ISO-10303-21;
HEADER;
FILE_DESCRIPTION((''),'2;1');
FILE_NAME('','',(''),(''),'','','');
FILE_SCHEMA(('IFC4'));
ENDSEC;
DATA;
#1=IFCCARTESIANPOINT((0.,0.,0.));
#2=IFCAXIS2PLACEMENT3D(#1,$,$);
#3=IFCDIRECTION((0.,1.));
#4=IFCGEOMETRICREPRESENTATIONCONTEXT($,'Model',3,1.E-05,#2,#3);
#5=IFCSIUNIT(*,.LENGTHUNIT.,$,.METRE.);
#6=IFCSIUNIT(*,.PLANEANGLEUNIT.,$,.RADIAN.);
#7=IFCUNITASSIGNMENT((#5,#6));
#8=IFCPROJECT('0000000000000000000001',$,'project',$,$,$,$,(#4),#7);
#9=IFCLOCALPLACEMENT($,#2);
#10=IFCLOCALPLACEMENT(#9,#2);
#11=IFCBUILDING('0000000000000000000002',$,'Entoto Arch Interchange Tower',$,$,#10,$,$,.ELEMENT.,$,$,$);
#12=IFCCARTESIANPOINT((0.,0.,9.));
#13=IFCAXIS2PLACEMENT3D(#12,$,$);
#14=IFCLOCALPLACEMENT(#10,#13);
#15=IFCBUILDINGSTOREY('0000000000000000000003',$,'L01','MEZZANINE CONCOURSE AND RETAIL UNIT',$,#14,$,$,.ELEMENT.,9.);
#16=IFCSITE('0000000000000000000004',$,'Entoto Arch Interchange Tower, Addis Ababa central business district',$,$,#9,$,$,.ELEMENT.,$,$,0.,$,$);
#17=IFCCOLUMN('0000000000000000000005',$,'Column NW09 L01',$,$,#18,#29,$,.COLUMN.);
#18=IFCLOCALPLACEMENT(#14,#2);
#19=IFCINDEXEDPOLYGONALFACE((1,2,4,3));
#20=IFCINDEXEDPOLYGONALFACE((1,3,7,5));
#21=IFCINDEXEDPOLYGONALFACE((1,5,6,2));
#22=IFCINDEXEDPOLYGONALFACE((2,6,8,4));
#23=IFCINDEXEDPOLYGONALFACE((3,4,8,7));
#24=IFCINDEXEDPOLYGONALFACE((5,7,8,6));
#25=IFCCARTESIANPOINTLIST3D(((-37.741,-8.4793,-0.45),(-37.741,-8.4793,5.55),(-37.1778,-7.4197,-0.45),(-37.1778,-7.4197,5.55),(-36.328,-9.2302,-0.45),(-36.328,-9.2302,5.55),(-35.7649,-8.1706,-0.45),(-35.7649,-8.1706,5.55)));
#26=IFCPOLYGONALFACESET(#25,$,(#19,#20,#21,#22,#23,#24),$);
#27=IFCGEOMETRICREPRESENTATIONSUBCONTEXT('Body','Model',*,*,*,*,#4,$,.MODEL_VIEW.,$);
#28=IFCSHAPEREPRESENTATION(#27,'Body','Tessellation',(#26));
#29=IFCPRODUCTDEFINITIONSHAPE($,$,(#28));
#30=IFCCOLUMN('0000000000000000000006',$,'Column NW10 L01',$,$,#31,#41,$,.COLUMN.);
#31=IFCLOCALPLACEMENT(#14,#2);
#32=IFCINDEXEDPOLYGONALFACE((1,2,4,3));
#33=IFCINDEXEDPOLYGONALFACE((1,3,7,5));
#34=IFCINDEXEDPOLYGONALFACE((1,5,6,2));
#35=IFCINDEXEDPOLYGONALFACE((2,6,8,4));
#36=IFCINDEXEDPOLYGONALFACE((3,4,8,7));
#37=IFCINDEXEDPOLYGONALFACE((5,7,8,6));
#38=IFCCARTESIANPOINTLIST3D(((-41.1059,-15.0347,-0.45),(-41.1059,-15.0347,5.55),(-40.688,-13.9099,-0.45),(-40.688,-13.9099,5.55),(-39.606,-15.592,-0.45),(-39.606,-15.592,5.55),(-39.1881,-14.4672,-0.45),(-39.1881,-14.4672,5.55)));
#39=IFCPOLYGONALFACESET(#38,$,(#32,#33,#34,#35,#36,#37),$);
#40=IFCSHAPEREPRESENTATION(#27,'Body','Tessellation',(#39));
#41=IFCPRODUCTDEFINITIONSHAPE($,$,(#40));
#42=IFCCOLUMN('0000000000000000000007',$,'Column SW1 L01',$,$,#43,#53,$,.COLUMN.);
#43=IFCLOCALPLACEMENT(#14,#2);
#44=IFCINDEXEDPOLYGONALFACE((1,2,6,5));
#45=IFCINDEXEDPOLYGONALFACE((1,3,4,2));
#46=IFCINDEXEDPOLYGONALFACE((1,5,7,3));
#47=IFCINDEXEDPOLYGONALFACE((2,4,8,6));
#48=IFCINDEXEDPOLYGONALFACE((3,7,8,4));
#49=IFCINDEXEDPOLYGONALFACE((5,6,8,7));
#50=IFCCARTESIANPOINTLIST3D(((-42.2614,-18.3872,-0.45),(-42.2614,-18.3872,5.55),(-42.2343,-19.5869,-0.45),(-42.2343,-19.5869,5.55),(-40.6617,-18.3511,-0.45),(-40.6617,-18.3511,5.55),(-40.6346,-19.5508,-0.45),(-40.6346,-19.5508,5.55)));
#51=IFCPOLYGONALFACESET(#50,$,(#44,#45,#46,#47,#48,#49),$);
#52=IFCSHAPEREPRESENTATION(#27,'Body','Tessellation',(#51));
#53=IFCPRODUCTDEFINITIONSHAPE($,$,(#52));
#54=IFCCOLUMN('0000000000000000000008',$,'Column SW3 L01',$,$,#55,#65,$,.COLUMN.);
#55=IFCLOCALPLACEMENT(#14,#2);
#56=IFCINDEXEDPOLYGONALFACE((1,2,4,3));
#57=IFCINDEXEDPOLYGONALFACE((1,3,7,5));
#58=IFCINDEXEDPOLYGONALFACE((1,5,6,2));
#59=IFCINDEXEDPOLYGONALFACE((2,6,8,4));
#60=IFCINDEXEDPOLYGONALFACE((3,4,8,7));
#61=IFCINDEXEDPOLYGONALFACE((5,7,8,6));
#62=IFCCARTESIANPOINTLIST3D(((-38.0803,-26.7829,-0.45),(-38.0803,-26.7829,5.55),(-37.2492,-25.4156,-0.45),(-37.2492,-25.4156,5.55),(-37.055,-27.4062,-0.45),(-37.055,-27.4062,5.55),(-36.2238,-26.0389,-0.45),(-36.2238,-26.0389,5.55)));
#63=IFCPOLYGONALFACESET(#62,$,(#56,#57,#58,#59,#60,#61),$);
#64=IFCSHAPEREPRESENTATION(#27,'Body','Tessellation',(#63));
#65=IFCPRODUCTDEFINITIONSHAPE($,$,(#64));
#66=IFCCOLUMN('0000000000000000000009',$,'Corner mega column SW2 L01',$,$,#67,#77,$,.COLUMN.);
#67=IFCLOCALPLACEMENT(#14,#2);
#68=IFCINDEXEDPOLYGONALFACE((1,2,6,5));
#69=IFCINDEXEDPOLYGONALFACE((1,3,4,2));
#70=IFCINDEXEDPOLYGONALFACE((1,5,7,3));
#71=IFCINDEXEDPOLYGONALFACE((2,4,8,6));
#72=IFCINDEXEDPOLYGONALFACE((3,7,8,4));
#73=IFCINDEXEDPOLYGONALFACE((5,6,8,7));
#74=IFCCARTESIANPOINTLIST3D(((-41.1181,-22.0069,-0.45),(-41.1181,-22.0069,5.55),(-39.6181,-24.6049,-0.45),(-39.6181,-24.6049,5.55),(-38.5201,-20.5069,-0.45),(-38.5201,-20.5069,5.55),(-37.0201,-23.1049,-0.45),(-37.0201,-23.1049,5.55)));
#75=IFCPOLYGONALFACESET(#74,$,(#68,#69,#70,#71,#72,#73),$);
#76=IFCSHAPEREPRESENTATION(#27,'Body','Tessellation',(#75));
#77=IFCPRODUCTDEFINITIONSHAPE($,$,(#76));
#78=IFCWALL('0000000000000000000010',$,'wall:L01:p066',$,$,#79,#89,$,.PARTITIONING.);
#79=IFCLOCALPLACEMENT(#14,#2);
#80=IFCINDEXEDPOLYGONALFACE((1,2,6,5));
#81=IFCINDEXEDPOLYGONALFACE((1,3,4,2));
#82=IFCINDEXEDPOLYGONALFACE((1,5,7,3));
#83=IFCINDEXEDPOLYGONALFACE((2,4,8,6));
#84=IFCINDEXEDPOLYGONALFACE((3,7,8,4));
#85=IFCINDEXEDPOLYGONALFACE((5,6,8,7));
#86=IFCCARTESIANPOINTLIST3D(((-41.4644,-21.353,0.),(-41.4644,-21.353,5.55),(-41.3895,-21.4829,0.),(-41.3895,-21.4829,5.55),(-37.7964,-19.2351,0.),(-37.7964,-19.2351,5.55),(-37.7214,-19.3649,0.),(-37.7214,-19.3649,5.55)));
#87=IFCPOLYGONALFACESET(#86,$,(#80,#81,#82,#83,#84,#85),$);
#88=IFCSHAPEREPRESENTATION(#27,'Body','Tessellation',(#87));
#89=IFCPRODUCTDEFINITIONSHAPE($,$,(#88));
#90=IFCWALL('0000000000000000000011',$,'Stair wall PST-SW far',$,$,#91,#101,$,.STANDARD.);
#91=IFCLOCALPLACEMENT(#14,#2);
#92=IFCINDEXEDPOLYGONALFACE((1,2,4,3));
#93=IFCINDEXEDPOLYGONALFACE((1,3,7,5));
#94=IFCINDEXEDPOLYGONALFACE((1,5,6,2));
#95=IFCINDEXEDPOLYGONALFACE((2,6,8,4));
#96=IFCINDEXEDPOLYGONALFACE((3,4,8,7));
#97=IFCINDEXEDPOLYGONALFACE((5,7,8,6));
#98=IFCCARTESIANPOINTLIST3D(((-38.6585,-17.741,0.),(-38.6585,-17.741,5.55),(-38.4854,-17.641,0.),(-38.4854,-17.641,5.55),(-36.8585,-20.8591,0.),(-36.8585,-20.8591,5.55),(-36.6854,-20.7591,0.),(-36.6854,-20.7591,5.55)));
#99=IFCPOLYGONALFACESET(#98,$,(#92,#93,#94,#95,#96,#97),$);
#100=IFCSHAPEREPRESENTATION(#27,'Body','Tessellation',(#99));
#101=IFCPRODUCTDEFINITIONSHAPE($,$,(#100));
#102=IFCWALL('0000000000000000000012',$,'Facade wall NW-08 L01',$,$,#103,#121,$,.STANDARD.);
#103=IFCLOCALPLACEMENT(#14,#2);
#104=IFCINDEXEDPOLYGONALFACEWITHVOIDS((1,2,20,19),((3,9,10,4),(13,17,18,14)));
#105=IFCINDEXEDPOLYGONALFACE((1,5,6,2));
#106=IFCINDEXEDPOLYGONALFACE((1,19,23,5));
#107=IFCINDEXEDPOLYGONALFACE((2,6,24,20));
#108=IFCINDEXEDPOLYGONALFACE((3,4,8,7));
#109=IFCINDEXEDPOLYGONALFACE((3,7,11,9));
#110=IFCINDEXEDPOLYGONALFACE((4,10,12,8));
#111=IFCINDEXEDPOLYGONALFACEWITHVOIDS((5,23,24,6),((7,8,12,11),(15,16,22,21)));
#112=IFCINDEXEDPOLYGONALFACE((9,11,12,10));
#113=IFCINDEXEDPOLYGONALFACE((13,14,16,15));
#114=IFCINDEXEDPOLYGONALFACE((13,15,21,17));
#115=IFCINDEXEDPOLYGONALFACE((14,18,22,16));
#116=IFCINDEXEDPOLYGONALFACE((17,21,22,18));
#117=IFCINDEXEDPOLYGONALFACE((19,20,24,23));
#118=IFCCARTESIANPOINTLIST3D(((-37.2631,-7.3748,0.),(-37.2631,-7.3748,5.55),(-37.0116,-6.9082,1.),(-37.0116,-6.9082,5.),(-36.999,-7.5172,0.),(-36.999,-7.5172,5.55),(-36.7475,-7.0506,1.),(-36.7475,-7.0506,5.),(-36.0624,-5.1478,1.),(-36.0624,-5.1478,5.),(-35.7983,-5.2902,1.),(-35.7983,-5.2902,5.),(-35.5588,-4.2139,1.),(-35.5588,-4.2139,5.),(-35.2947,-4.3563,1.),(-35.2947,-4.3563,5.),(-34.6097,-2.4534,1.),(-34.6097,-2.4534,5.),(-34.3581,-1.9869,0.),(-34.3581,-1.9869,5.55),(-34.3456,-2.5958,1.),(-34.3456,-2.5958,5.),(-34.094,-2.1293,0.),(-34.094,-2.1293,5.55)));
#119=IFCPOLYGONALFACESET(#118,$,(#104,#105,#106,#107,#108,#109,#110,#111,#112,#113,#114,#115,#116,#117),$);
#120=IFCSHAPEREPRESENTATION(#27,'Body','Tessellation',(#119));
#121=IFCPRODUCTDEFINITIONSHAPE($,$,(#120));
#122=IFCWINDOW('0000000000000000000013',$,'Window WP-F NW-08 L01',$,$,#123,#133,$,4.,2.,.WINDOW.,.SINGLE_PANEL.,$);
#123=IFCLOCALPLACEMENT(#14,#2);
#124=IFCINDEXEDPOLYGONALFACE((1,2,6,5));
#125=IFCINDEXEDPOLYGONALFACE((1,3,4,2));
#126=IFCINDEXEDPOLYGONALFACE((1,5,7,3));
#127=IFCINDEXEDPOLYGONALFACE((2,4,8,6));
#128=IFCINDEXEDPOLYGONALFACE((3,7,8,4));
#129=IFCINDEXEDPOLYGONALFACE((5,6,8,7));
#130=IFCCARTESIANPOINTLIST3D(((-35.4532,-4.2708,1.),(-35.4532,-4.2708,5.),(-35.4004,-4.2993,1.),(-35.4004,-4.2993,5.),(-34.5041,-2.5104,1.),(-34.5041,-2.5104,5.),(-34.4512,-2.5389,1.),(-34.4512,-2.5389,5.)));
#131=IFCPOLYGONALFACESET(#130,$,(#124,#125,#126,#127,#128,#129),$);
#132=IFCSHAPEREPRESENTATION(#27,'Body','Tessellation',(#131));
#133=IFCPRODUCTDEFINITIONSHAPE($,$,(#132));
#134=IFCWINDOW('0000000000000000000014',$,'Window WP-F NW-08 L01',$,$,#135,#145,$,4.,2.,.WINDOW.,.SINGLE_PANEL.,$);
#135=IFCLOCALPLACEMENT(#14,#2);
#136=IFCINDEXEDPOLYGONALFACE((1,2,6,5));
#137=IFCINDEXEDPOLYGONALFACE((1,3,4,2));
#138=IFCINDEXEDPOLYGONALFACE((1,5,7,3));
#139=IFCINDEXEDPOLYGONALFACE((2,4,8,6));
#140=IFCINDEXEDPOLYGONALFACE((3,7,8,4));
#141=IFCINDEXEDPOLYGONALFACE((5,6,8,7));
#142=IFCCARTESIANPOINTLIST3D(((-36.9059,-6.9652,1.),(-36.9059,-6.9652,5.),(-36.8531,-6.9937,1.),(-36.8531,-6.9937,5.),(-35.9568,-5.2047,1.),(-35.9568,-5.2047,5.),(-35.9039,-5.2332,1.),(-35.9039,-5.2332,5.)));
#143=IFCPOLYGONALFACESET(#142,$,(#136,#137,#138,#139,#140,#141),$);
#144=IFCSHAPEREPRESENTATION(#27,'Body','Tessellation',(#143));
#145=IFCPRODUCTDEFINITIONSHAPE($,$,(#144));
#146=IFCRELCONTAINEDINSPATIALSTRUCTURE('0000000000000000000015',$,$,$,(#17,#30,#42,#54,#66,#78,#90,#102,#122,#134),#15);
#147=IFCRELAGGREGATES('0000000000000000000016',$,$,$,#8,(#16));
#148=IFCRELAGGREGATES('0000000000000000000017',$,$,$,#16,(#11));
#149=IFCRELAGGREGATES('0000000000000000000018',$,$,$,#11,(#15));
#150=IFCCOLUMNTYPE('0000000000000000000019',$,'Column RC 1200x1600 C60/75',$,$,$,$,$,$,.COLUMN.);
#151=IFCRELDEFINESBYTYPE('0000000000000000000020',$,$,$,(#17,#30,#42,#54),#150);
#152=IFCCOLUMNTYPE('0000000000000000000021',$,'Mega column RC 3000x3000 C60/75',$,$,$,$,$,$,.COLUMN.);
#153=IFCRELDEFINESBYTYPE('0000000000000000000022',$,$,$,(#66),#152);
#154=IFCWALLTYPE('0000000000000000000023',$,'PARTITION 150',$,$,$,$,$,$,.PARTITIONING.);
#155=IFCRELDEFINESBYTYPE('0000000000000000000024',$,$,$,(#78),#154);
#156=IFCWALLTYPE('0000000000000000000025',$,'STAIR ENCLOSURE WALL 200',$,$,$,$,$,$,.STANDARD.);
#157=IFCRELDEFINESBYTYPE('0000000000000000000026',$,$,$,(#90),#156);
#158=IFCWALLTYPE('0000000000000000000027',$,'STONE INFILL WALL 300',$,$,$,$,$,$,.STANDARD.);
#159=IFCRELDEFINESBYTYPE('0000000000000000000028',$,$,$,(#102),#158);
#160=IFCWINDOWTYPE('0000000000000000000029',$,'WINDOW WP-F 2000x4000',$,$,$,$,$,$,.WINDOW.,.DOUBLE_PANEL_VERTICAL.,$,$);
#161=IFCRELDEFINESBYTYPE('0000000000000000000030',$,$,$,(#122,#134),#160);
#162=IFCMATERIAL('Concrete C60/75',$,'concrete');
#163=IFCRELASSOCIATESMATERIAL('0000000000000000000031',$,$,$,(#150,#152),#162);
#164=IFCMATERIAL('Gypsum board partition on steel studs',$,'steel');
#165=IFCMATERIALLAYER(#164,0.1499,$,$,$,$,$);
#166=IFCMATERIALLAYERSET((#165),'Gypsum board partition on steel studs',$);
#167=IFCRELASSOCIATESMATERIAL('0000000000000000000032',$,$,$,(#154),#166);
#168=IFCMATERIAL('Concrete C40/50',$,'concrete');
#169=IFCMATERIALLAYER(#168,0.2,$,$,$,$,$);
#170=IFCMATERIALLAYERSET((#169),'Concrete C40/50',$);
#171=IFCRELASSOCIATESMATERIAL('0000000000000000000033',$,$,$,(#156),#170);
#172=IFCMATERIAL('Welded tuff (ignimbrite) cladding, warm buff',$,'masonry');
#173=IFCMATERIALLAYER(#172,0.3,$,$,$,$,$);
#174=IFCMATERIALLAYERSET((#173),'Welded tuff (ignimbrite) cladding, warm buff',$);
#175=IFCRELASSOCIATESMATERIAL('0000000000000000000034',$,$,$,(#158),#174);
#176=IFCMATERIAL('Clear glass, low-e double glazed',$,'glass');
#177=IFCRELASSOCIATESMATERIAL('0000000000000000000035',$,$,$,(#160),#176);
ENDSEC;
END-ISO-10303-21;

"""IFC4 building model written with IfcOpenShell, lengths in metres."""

from ifc_helpers import new_model, si_unit, direction, frame, frame_2d, origin, origin_2d, place, context, subcontext, project, spatial, rectangle, extrude, material, layer, layer_set, material_profile, profile_set, type_object, element, fill, save


model = new_model("IFC4")

# Units and contexts
model_context = context("Model", 3, precision=1e-05, world=origin(), true_north=direction((0.0, 1.0)))
body_context = subcontext(model_context, "Body", "Model", "MODEL_VIEW")
ifc_project = project(units=[si_unit("LENGTHUNIT", "METRE"), si_unit("PLANEANGLEUNIT", "RADIAN")], contexts=[model_context])

# Site, building, storey
site_placement = place(None, origin())
site = spatial("IfcSite", under=ifc_project, at=site_placement, Name="Entoto Arch Interchange Tower, Addis Ababa central business district", CompositionType="ELEMENT", RefElevation=0.0)
building_placement = place(site_placement, origin())
building = spatial("IfcBuilding", under=site, at=building_placement, Name="Entoto Arch Interchange Tower", CompositionType="ELEMENT")
storey_placement = place(building_placement, frame((0.0, 0.0, 9.0)))
storey = spatial("IfcBuildingStorey", under=building, at=storey_placement, Name="L01", Description="MEZZANINE CONCOURSE AND RETAIL UNIT", CompositionType="ELEMENT", Elevation=9.0)

# Columns
ifc_material_1 = material(Name="Concrete C60/75", Category="concrete")
ifc_material_profile_1 = material_profile(ifc_material_1, rectangle(XDim=1.2, YDim=1.6001, at=origin_2d()))
ifc_profile_set_1 = profile_set([ifc_material_profile_1], Name="Concrete C60/75")
column_type_1 = type_object("IfcColumnType", Name="Column RC 1200x1600 C60/75", PredefinedType="COLUMN", material=ifc_profile_set_1)
for number, where, z_axis, x_axis, name in (
    (1, (-36.7529, -8.325, -0.45), (0.0, 0.0, 1.0), (0.469317, 0.88303, 0.0), "Column NW09 L01"),
    (2, (-40.147, -14.751, -0.45), (0.0, 0.0, 1.0), (0.348278, 0.937391, 0.0), "Column NW10 L01"),
    (3, (-41.448, -18.969, -0.45), (0.0, 0.0, 1.0), (-0.022565, 0.999745, 0.0), "Column SW1 L01"),
    (4, (-37.1521, -26.4109, -0.45), (0.0, 0.0, 1.0), (-0.854522, 0.519415, 0.0), "Column SW3 L01"),
):
    element("IfcColumn", number, at=place(storey_placement, frame(where, z_axis=z_axis, x_axis=x_axis)), inside=storey, type_object=column_type_1, Name=name, PredefinedType="COLUMN", context=body_context, shape_type="SweptSolid", body=[
        extrude(rectangle(XDim=1.2, YDim=1.6001, at=origin_2d()), origin(), (0.0, 0.0, 1.0), 6.0),
    ])
ifc_material_profile_2 = material_profile(ifc_material_1, rectangle(XDim=3.0, YDim=3.0, at=origin_2d()))
ifc_profile_set_2 = profile_set([ifc_material_profile_2], Name="Concrete C60/75")
column_type_2 = type_object("IfcColumnType", Name="Mega column RC 3000x3000 C60/75", PredefinedType="COLUMN", material=ifc_profile_set_2)
column_placement = place(storey_placement, frame((-39.0691, -22.5559, -0.45), z_axis=(0.0, 0.0, 1.0), x_axis=(0.866025, 0.5, 0.0)))
element("IfcColumn", 5, at=column_placement, inside=storey, type_object=column_type_2, Name="Corner mega column SW2 L01", PredefinedType="COLUMN", context=body_context, shape_type="SweptSolid", body=[
    extrude(rectangle(XDim=3.0, YDim=3.0, at=origin_2d()), origin(), (0.0, 0.0, 1.0), 6.0),
])

# Walls
ifc_material_2 = material(Name="Gypsum board partition on steel studs", Category="steel")
ifc_layer_1 = layer(ifc_material_2, 0.1499)
ifc_layer_set_1 = layer_set([ifc_layer_1], Name="Gypsum board partition on steel studs")
wall_type_1 = type_object("IfcWallType", Name="PARTITION 150", PredefinedType="PARTITIONING", material=ifc_layer_set_1)
wall_1_placement = place(storey_placement, frame((-37.759, -19.3, 0.0), z_axis=(0.0, 0.0, 1.0), x_axis=(-0.866003, -0.500038, 0.0)))
element("IfcWall", 6, at=wall_1_placement, inside=storey, type_object=wall_type_1, Name="wall:L01:p066", PredefinedType="PARTITIONING", context=body_context, shape_type="SweptSolid", body=[
    extrude(rectangle(XDim=4.2356, YDim=0.1499, at=frame_2d((2.1177, 0.0))), origin(), (0.0, 0.0, 1.0), 5.55),
])
ifc_material_3 = material(Name="Concrete C40/50", Category="concrete")
ifc_layer_2 = layer(ifc_material_3, 0.2)
ifc_layer_set_2 = layer_set([ifc_layer_2], Name="Concrete C40/50")
wall_type_2 = type_object("IfcWallType", Name="STAIR ENCLOSURE WALL 200", PredefinedType="STANDARD", material=ifc_layer_set_2)
wall_2_placement = place(storey_placement, frame((-38.572, -17.6909, 0.0), z_axis=(0.0, 0.0, 1.0), x_axis=(0.499953, -0.866052, 0.0)))
element("IfcWall", 7, at=wall_2_placement, inside=storey, type_object=wall_type_2, Name="Stair wall PST-SW far", PredefinedType="STANDARD", context=body_context, shape_type="SweptSolid", body=[
    extrude(rectangle(XDim=3.6003, YDim=0.2, at=frame_2d((1.8003, 0.0))), origin(), (0.0, 0.0, 1.0), 5.55),
])

# Wall, openings, windows
ifc_material_4 = material(Name="Welded tuff (ignimbrite) cladding, warm buff", Category="masonry")
ifc_layer_3 = layer(ifc_material_4, 0.3)
ifc_layer_set_3 = layer_set([ifc_layer_3], Name="Welded tuff (ignimbrite) cladding, warm buff")
wall_type_3 = type_object("IfcWallType", Name="STONE INFILL WALL 300", PredefinedType="STANDARD", material=ifc_layer_set_3)
wall_3_placement = place(storey_placement, frame((-34.2261, -2.0581, 0.0), z_axis=(0.0, 0.0, 1.0), x_axis=(-0.474585, -0.88021, 0.0)))
wall_3 = element("IfcWall", 8, at=wall_3_placement, inside=storey, type_object=wall_type_3, Name="Facade wall NW-08 L01", PredefinedType="STANDARD", context=body_context, shape_type="SweptSolid", body=[
    extrude(rectangle(XDim=6.1211, YDim=0.3, at=frame_2d((3.0605, 0.0))), origin(), (0.0, 0.0, 1.0), 5.55),
])
opening_1_placement = place(wall_3_placement, frame((0.53, 0.0, 1.0)))
opening_1 = element("IfcOpeningElement", 9, at=opening_1_placement, cuts=wall_3, PredefinedType="OPENING", context=body_context, shape_type="SweptSolid", body=[
    extrude(rectangle(XDim=2.0, YDim=4.0, at=frame_2d((1.0, 2.0))), frame((0.0, 0.1602, 0.0), z_axis=(0.0, -1.0, 0.0), x_axis=(1.0, 0.0, 0.0)), (0.0, 0.0, 1.0), 0.3201),
])
opening_2_placement = place(wall_3_placement, frame((3.5911, 0.0, 1.0)))
opening_2 = element("IfcOpeningElement", 10, at=opening_2_placement, cuts=wall_3, PredefinedType="OPENING", context=body_context, shape_type="SweptSolid", body=[
    extrude(rectangle(XDim=2.0, YDim=4.0, at=frame_2d((1.0, 2.0))), frame((0.0, 0.1602, 0.0), z_axis=(0.0, -1.0, 0.0), x_axis=(1.0, 0.0, 0.0)), (0.0, 0.0, 1.0), 0.3201),
])
ifc_material_5 = material(Name="Clear glass, low-e double glazed", Category="glass")
window_type_1 = type_object("IfcWindowType", Name="WINDOW WP-F 2000x4000", PartitioningType="DOUBLE_PANEL_VERTICAL", PredefinedType="WINDOW", material=ifc_material_5)
window_1_placement = place(opening_1_placement, origin())
window_1 = element("IfcWindow", 11, at=window_1_placement, inside=storey, type_object=window_type_1, Name="Window WP-F NW-08 L01", OverallHeight=4.0, OverallWidth=2.0, PartitioningType="SINGLE_PANEL", PredefinedType="WINDOW", context=body_context, shape_type="SweptSolid", body=[
    extrude(rectangle(XDim=2.0, YDim=4.0, at=frame_2d((1.0, 2.0))), frame((0.0, 0.03, 0.0), z_axis=(0.0, -1.0, 0.0), x_axis=(1.0, 0.0, 0.0)), (0.0, 0.0, 1.0), 0.0601),
])
fill(opening_1, window_1)
window_2_placement = place(opening_2_placement, origin())
window_2 = element("IfcWindow", 12, at=window_2_placement, inside=storey, type_object=window_type_1, Name="Window WP-F NW-08 L01", OverallHeight=4.0, OverallWidth=2.0, PartitioningType="SINGLE_PANEL", PredefinedType="WINDOW", context=body_context, shape_type="SweptSolid", body=[
    extrude(rectangle(XDim=2.0, YDim=4.0, at=frame_2d((1.0, 2.0))), frame((0.0, 0.03, 0.0), z_axis=(0.0, -1.0, 0.0), x_axis=(1.0, 0.0, 0.0)), (0.0, 0.0, 1.0), 0.0601),
])
fill(opening_2, window_2)

save(model, "model.ifc")
